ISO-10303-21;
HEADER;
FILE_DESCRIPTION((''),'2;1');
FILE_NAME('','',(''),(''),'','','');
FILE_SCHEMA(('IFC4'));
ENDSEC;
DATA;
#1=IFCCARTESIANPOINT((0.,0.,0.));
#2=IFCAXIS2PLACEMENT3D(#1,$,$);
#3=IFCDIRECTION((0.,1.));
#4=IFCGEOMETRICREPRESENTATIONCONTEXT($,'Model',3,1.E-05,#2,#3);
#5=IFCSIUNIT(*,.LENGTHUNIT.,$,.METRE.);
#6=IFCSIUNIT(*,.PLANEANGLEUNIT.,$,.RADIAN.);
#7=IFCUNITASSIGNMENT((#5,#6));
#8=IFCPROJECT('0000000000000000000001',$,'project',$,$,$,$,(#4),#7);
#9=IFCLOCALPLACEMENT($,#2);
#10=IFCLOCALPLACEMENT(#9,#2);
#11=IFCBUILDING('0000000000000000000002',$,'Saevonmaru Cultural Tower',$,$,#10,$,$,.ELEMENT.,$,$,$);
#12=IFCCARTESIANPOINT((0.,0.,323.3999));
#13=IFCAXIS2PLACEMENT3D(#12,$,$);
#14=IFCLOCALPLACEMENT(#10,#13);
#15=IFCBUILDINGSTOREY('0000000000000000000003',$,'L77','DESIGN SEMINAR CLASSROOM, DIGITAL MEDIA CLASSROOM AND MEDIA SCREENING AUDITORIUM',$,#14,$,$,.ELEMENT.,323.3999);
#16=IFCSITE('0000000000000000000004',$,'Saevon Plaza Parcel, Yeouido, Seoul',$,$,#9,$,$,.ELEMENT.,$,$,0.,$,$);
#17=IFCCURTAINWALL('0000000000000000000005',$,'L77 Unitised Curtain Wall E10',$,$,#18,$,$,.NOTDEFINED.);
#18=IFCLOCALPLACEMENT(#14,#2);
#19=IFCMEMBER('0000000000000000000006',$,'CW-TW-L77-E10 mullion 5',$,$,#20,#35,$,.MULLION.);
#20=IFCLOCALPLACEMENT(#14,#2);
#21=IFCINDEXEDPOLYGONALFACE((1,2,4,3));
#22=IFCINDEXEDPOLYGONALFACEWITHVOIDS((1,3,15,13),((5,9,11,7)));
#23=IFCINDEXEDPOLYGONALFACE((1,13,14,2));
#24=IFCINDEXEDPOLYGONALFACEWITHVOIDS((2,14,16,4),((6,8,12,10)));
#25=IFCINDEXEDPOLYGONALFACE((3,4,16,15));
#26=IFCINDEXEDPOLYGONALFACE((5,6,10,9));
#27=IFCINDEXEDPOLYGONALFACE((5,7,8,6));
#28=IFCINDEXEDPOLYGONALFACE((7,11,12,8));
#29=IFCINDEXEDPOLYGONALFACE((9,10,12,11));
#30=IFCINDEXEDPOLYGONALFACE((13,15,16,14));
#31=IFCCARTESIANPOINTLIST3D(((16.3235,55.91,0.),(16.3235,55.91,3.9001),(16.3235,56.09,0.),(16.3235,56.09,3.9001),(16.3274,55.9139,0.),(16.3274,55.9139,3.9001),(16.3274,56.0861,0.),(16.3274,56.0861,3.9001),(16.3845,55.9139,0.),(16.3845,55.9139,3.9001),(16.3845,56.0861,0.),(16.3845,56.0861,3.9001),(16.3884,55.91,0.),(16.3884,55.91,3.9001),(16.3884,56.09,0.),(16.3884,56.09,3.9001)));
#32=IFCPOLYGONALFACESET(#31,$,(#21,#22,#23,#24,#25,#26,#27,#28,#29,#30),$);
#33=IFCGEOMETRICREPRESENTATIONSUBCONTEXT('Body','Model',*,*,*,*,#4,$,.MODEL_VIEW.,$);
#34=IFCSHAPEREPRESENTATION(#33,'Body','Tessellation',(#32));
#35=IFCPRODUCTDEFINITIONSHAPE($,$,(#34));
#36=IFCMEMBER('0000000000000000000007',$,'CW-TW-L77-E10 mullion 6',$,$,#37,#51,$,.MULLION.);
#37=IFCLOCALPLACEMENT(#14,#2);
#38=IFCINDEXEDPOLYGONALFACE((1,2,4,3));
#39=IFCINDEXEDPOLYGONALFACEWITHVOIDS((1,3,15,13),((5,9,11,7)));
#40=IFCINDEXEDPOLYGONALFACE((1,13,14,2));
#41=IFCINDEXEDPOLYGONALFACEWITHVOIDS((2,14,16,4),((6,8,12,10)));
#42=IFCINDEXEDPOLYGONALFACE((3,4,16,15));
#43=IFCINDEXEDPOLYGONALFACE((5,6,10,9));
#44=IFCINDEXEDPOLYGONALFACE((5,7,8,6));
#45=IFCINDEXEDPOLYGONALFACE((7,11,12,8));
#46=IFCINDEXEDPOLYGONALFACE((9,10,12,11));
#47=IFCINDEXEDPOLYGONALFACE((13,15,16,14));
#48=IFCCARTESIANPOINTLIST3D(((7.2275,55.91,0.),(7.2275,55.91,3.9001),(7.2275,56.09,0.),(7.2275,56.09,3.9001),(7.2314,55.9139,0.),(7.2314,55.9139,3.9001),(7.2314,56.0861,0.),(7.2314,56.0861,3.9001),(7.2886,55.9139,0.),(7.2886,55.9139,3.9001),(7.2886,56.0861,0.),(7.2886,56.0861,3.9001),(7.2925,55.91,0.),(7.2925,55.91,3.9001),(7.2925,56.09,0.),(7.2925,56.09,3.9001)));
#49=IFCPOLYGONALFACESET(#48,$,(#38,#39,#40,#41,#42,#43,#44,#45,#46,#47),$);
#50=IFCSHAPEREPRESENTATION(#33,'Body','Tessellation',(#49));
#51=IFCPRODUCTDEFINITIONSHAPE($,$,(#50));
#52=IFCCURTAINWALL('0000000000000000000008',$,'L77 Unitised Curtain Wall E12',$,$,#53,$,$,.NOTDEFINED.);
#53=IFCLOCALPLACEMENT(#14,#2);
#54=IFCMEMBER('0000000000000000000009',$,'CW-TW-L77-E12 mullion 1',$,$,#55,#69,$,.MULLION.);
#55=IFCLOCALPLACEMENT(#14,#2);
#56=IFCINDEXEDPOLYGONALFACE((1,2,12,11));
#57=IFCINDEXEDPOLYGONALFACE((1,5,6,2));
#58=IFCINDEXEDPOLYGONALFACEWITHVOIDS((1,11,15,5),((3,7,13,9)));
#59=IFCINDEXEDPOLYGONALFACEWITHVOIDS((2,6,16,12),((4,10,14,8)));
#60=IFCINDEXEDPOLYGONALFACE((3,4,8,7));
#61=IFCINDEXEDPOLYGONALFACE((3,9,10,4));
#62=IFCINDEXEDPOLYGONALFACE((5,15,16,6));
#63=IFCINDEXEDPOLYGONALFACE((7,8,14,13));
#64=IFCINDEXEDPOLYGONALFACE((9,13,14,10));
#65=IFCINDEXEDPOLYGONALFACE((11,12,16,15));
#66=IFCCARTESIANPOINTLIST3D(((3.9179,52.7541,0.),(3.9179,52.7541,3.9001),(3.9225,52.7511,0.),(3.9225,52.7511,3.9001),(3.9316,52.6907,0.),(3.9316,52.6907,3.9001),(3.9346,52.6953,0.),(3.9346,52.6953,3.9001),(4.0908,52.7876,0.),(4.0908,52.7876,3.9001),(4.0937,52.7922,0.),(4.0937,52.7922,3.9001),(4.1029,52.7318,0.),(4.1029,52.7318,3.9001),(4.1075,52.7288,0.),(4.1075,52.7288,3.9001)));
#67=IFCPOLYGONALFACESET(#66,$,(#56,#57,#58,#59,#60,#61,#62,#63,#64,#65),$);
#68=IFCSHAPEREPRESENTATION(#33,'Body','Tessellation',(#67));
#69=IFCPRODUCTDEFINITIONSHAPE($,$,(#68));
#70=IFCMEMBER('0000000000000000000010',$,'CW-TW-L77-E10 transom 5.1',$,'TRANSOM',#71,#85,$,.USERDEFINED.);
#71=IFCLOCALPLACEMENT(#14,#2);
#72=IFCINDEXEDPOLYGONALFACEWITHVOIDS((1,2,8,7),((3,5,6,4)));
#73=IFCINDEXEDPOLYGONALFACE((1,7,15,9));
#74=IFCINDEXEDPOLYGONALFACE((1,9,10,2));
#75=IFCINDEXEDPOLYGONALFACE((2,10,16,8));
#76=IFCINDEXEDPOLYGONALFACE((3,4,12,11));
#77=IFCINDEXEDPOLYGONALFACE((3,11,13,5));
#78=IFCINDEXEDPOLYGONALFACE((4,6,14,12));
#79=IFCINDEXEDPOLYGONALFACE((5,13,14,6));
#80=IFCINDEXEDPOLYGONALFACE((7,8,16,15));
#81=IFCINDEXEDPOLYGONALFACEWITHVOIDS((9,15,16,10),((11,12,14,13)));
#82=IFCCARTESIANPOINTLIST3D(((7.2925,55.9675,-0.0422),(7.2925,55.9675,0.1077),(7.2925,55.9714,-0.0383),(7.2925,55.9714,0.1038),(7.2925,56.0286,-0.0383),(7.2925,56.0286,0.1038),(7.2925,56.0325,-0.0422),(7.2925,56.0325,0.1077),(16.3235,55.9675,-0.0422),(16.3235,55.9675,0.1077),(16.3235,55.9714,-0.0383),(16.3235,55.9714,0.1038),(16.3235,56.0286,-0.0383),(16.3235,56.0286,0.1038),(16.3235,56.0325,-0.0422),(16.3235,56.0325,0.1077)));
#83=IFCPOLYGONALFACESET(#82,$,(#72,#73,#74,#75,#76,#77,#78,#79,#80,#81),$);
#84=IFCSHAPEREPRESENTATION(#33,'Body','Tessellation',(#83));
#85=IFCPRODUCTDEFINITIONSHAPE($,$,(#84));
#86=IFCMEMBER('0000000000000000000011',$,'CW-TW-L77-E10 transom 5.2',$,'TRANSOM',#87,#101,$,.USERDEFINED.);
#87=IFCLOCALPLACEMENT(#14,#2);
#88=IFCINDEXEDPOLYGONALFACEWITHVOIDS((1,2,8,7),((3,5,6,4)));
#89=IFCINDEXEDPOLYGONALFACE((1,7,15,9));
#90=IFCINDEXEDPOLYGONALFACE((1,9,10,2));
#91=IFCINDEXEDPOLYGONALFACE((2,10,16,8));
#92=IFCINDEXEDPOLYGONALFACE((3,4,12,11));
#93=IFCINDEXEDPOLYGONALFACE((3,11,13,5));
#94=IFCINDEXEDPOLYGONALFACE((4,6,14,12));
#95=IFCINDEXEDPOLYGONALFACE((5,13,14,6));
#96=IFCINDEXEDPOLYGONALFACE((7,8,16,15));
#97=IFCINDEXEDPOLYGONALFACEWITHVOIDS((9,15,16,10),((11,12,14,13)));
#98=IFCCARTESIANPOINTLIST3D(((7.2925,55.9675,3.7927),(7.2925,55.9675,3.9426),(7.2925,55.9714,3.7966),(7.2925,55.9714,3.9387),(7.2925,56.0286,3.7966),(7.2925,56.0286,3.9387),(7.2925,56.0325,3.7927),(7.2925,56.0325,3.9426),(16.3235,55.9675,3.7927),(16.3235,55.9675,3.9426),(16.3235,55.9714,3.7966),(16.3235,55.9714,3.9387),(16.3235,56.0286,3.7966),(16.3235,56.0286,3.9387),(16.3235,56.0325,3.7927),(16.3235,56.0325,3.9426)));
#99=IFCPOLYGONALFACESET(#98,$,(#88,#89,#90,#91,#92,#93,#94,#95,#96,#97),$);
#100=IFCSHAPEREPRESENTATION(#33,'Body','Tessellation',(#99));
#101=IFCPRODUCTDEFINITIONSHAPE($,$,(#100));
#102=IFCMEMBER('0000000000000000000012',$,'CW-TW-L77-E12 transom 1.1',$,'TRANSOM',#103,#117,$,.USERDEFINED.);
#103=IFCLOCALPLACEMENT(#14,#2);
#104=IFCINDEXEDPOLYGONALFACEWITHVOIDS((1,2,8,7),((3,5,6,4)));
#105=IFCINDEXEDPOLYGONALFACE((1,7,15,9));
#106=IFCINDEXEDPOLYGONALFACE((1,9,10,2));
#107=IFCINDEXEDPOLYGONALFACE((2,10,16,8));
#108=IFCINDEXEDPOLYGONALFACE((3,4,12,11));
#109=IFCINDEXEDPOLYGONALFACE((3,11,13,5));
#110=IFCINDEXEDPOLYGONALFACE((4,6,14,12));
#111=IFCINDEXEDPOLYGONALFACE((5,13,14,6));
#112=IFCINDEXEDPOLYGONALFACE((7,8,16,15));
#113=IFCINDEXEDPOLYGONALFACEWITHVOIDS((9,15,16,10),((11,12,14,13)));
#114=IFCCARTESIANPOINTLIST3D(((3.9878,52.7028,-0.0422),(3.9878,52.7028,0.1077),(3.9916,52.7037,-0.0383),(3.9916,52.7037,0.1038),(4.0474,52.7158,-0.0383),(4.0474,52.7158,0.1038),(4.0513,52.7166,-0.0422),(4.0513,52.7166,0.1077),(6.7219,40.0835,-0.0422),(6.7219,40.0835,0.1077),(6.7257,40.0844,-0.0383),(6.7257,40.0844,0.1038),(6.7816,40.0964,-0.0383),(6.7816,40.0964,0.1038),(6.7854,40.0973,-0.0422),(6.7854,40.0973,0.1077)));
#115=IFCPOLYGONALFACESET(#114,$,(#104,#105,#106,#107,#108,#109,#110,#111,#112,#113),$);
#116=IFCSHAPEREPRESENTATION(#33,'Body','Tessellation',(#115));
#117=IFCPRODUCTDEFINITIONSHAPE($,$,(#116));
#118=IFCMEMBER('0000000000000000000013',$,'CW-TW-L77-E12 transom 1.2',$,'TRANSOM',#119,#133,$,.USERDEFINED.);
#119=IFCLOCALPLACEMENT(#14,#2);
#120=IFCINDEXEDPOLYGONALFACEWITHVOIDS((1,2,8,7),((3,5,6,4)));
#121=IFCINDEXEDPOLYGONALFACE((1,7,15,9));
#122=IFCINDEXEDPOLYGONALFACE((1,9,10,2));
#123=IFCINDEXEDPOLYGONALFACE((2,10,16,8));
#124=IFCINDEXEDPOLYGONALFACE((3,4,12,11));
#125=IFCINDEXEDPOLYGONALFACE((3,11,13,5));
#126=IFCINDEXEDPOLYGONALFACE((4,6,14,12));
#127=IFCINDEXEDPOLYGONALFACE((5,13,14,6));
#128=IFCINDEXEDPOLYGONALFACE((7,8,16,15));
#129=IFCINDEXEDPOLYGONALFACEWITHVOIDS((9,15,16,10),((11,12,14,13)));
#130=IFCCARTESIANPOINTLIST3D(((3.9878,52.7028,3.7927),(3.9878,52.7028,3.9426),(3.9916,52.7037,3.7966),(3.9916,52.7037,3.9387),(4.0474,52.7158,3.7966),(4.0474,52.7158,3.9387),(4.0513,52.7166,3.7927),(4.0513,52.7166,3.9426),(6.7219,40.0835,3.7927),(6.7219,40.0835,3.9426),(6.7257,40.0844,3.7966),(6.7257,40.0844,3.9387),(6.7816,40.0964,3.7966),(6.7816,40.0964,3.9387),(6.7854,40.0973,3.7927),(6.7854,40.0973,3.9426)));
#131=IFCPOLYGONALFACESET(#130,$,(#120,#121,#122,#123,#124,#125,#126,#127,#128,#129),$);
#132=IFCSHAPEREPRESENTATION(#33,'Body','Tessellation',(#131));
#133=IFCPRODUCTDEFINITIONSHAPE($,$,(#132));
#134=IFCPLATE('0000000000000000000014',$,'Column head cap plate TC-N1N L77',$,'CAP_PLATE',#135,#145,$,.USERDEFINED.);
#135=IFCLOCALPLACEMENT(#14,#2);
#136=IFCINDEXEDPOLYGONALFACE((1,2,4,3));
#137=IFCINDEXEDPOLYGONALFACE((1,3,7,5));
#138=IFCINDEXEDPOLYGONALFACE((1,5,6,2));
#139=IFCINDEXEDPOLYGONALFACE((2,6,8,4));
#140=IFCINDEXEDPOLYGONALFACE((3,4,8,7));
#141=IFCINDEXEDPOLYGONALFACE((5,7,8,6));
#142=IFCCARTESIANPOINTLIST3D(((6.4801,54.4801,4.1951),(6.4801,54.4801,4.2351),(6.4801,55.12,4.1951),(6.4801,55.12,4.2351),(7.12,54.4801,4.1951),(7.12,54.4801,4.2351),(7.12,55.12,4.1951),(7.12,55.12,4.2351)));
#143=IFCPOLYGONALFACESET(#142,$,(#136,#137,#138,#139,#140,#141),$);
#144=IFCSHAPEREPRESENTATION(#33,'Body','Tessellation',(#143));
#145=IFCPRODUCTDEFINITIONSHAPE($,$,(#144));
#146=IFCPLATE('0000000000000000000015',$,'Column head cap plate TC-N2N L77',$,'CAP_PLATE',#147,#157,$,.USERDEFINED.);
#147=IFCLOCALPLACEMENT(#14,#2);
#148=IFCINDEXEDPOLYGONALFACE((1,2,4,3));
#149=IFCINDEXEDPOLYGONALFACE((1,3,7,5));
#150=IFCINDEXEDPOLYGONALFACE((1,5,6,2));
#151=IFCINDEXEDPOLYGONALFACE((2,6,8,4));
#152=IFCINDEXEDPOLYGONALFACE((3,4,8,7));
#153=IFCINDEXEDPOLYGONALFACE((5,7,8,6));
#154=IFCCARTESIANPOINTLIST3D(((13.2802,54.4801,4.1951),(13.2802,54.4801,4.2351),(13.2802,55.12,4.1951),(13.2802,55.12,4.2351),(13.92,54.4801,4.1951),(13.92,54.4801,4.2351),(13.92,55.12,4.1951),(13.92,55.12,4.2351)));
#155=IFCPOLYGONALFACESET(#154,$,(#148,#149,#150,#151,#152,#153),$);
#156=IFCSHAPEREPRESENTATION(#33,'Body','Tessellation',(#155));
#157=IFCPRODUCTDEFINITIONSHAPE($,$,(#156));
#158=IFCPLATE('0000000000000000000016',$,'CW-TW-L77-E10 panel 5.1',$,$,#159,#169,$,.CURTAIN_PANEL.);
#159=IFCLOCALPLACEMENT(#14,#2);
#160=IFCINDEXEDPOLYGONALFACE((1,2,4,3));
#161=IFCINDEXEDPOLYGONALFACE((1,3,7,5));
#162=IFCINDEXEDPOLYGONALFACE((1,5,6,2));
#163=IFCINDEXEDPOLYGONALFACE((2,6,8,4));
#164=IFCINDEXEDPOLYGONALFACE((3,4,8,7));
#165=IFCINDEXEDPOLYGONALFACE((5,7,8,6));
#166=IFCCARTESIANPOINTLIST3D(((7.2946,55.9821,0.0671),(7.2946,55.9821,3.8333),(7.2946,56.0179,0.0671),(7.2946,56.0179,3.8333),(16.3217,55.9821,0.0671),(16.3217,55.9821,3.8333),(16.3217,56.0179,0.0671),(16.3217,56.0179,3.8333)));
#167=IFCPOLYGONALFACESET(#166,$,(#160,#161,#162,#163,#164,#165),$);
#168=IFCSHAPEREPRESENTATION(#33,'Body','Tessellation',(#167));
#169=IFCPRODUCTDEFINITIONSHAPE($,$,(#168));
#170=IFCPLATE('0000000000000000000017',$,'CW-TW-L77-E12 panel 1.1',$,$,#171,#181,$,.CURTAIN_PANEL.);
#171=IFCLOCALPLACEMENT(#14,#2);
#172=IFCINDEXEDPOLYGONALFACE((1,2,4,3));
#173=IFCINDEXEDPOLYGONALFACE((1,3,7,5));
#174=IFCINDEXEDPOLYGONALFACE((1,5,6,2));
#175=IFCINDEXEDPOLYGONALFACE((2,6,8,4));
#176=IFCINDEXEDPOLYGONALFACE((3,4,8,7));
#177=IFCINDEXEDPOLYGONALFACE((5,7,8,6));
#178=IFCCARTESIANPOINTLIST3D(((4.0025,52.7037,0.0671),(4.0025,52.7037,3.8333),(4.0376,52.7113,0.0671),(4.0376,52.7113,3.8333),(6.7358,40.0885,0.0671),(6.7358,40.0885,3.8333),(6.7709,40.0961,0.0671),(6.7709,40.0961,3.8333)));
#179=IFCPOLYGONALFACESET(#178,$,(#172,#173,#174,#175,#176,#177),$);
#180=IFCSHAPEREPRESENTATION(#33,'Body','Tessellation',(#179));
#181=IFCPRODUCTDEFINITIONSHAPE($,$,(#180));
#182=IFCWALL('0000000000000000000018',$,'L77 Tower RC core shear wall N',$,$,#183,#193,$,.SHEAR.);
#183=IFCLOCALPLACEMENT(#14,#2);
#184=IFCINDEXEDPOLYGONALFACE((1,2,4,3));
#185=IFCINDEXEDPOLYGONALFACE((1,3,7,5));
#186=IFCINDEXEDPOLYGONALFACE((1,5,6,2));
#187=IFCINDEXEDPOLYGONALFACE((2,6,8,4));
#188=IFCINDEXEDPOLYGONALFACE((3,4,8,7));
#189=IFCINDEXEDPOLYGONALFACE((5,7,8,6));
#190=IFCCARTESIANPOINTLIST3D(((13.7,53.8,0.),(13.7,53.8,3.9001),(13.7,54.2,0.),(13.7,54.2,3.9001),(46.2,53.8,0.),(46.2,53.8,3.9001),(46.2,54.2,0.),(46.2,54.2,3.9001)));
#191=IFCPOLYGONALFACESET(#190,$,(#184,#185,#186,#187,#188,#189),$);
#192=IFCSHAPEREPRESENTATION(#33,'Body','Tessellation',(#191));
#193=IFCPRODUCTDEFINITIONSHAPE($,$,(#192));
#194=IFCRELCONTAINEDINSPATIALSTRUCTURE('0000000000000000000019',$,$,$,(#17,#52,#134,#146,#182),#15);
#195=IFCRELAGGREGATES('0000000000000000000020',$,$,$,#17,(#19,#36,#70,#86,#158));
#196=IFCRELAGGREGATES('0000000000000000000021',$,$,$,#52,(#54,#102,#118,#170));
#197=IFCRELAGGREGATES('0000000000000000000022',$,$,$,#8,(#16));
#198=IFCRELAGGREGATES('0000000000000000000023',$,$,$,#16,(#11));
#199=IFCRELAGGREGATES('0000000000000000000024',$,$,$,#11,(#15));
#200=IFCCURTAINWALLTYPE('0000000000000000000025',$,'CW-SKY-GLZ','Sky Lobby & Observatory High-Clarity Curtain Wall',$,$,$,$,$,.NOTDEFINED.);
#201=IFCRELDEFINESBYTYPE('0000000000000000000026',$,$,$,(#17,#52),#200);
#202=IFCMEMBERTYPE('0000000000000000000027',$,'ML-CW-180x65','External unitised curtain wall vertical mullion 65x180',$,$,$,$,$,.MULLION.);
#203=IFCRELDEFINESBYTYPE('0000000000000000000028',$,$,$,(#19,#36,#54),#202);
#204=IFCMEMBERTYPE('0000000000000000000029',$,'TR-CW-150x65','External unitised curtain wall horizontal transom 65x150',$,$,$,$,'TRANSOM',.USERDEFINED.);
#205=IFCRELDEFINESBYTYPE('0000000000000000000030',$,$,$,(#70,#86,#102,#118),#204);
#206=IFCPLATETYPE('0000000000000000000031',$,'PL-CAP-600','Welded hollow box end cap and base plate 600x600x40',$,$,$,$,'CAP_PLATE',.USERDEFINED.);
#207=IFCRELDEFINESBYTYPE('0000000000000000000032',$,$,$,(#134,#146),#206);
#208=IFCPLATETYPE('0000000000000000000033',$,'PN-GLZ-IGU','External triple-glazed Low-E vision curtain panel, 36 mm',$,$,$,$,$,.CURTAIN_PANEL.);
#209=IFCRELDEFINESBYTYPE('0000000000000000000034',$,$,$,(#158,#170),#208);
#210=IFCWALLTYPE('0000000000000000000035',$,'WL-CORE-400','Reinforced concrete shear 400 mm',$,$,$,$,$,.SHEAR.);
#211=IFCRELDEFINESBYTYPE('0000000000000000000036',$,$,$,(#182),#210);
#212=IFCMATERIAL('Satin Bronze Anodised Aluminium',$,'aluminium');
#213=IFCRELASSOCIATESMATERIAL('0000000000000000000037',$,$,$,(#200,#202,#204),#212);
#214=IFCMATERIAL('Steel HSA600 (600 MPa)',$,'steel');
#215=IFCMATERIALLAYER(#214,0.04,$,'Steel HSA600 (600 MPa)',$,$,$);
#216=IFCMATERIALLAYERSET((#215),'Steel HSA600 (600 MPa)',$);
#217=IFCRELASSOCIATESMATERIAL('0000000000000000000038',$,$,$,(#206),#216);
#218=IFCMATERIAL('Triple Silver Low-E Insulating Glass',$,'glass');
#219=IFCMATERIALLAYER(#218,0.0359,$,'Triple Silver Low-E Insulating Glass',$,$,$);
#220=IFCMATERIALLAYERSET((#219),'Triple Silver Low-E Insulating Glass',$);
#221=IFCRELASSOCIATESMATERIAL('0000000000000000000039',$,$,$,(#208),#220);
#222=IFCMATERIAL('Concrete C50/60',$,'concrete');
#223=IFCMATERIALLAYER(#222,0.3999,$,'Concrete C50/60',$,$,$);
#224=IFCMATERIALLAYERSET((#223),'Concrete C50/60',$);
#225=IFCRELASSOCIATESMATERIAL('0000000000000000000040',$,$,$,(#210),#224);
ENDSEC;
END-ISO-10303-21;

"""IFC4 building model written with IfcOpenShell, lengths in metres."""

from ifc_helpers import new_model, si_unit, direction, frame, frame_2d, origin, origin_2d, place, context, subcontext, project, spatial, rectangle, hollow_rectangle, extrude, material, layer, layer_set, material_profile, profile_set, type_object, element, aggregate, save


model = new_model("IFC4")

# Units and contexts
model_context = context("Model", 3, precision=1e-05, world=origin(), true_north=direction((0.0, 1.0)))
body_context = subcontext(model_context, "Body", "Model", "MODEL_VIEW")
ifc_project = project(units=[si_unit("LENGTHUNIT", "METRE"), si_unit("PLANEANGLEUNIT", "RADIAN")], contexts=[model_context])

# Site, building, storey
site_placement = place(None, origin())
site = spatial("IfcSite", under=ifc_project, at=site_placement, Name="Saevon Plaza Parcel, Yeouido, Seoul", CompositionType="ELEMENT", RefElevation=0.0)
building_placement = place(site_placement, origin())
building = spatial("IfcBuilding", under=site, at=building_placement, Name="Saevonmaru Cultural Tower", CompositionType="ELEMENT")
storey_placement = place(building_placement, frame((0.0, 0.0, 323.3999)))
storey = spatial("IfcBuildingStorey", under=building, at=storey_placement, Name="L77", Description="DESIGN SEMINAR CLASSROOM, DIGITAL MEDIA CLASSROOM AND MEDIA SCREENING AUDITORIUM", CompositionType="ELEMENT", Elevation=323.3999)

# Curtain wall, members
ifc_material_1 = material(Name="Satin Bronze Anodised Aluminium", Category="aluminium")
curtain_wall_type = type_object("IfcCurtainWallType", Name="CW-SKY-GLZ", Description="Sky Lobby & Observatory High-Clarity Curtain Wall", PredefinedType="NOTDEFINED", material=ifc_material_1)
curtain_wall_1_placement = place(storey_placement, origin())
curtain_wall_1 = element("IfcCurtainWall", 1, at=curtain_wall_1_placement, inside=storey, type_object=curtain_wall_type, Name="L77 Unitised Curtain Wall E10", PredefinedType="NOTDEFINED")
ifc_material_profile_1 = material_profile(ifc_material_1, hollow_rectangle(XDim=0.0649, YDim=0.1799, WallThickness=0.0039, at=origin_2d()), Name="ALU-MULL-180x65x4")
ifc_profile_set_1 = profile_set([ifc_material_profile_1], Name="Satin Bronze Anodised Aluminium")
member_type_1 = type_object("IfcMemberType", Name="ML-CW-180x65", Description="External unitised curtain wall vertical mullion 65x180", PredefinedType="MULLION", material=ifc_profile_set_1)
member_1_placement = place(storey_placement, frame((16.356, 56.0, 0.0), z_axis=(0.0, 0.0, 1.0), x_axis=(-1.0, 0.0, 0.0)))
member_1 = element("IfcMember", 2, at=member_1_placement, type_object=member_type_1, Name="CW-TW-L77-E10 mullion 5", PredefinedType="MULLION", context=body_context, shape_type="SweptSolid", body=[
    extrude(hollow_rectangle(XDim=0.0649, YDim=0.1799, WallThickness=0.0039, at=origin_2d()), origin(), (0.0, 0.0, 1.0), 3.9001),
])
member_2_placement = place(storey_placement, frame((7.26, 56.0, 0.0), z_axis=(0.0, 0.0, 1.0), x_axis=(-1.0, 0.0, 0.0)))
member_2 = element("IfcMember", 3, at=member_2_placement, type_object=member_type_1, Name="CW-TW-L77-E10 mullion 6", PredefinedType="MULLION", context=body_context, shape_type="SweptSolid", body=[
    extrude(hollow_rectangle(XDim=0.0649, YDim=0.1799, WallThickness=0.0039, at=origin_2d()), origin(), (0.0, 0.0, 1.0), 3.9001),
])

# Curtain wall, member
curtain_wall_2_placement = place(storey_placement, origin())
curtain_wall_2 = element("IfcCurtainWall", 4, at=curtain_wall_2_placement, inside=storey, type_object=curtain_wall_type, Name="L77 Unitised Curtain Wall E12", PredefinedType="NOTDEFINED")
member_3_placement = place(storey_placement, frame((4.0127, 52.7415, 0.0), z_axis=(0.0, 0.0, 1.0), x_axis=(0.21175, -0.977324, 0.0)))
member_3 = element("IfcMember", 5, at=member_3_placement, type_object=member_type_1, Name="CW-TW-L77-E12 mullion 1", PredefinedType="MULLION", context=body_context, shape_type="SweptSolid", body=[
    extrude(hollow_rectangle(XDim=0.0649, YDim=0.1799, WallThickness=0.0039, at=origin_2d()), origin(), (0.0, 0.0, 1.0), 3.9001),
])

# Members
ifc_material_profile_2 = material_profile(ifc_material_1, hollow_rectangle(XDim=0.0649, YDim=0.1499, WallThickness=0.0039, at=origin_2d()), Name="ALU-TRAN-150x65x4")
ifc_profile_set_2 = profile_set([ifc_material_profile_2], Name="Satin Bronze Anodised Aluminium")
member_type_2 = type_object("IfcMemberType", Name="TR-CW-150x65", Description="External unitised curtain wall horizontal transom 65x150", ElementType="TRANSOM", PredefinedType="USERDEFINED", material=ifc_profile_set_2)
member_4_placement = place(storey_placement, frame((16.3235, 56.0, 0.0327), z_axis=(-1.0, 0.0, 0.0), x_axis=(0.0, -1.0, 0.0)))
member_4 = element("IfcMember", 6, at=member_4_placement, type_object=member_type_2, Name="CW-TW-L77-E10 transom 5.1", ObjectType="TRANSOM", PredefinedType="USERDEFINED", context=body_context, shape_type="SweptSolid", body=[
    extrude(hollow_rectangle(XDim=0.0649, YDim=0.1499, WallThickness=0.0039, at=origin_2d()), origin(), (0.0, 0.0, 1.0), 9.031),
])
member_5_placement = place(storey_placement, frame((16.3235, 56.0, 3.8677), z_axis=(-1.0, 0.0, 0.0), x_axis=(0.0, -1.0, 0.0)))
member_5 = element("IfcMember", 7, at=member_5_placement, type_object=member_type_2, Name="CW-TW-L77-E10 transom 5.2", ObjectType="TRANSOM", PredefinedType="USERDEFINED", context=body_context, shape_type="SweptSolid", body=[
    extrude(hollow_rectangle(XDim=0.0649, YDim=0.1499, WallThickness=0.0039, at=origin_2d()), origin(), (0.0, 0.0, 1.0), 9.031),
])
member_6_placement = place(storey_placement, frame((4.0195, 52.7097, 0.0327), z_axis=(0.211748, -0.977324, 0.0), x_axis=(0.977324, 0.211748, 0.0)))
member_6 = element("IfcMember", 8, at=member_6_placement, type_object=member_type_2, Name="CW-TW-L77-E12 transom 1.1", ObjectType="TRANSOM", PredefinedType="USERDEFINED", context=body_context, shape_type="SweptSolid", body=[
    extrude(hollow_rectangle(XDim=0.0649, YDim=0.1499, WallThickness=0.0039, at=origin_2d()), origin(), (0.0, 0.0, 1.0), 12.9121),
])
member_7_placement = place(storey_placement, frame((4.0195, 52.7097, 3.8677), z_axis=(0.211748, -0.977324, 0.0), x_axis=(0.977324, 0.211748, 0.0)))
member_7 = element("IfcMember", 9, at=member_7_placement, type_object=member_type_2, Name="CW-TW-L77-E12 transom 1.2", ObjectType="TRANSOM", PredefinedType="USERDEFINED", context=body_context, shape_type="SweptSolid", body=[
    extrude(hollow_rectangle(XDim=0.0649, YDim=0.1499, WallThickness=0.0039, at=origin_2d()), origin(), (0.0, 0.0, 1.0), 12.9121),
])

# Plates
ifc_material_2 = material(Name="Steel HSA600 (600 MPa)", Category="steel")
ifc_layer_1 = layer(ifc_material_2, 0.04, Name="Steel HSA600 (600 MPa)")
ifc_layer_set_1 = layer_set([ifc_layer_1], Name="Steel HSA600 (600 MPa)")
plate_type_1 = type_object("IfcPlateType", Name="PL-CAP-600", Description="Welded hollow box end cap and base plate 600x600x40", ElementType="CAP_PLATE", PredefinedType="USERDEFINED", material=ifc_layer_set_1)
for number, where, z_axis, x_axis, name in (
    (10, (6.8, 54.8, 4.1951), (0.0, 0.0, 1.0), (1.0, 0.0, 0.0), "Column head cap plate TC-N1N L77"),
    (11, (13.6001, 54.8, 4.1951), (0.0, 0.0, 1.0), (1.0, 0.0, 0.0), "Column head cap plate TC-N2N L77"),
):
    element("IfcPlate", number, at=place(storey_placement, frame(where, z_axis=z_axis, x_axis=x_axis)), inside=storey, type_object=plate_type_1, Name=name, ObjectType="CAP_PLATE", PredefinedType="USERDEFINED", context=body_context, shape_type="SweptSolid", body=[
        extrude(rectangle(XDim=0.6399, YDim=0.6399, at=origin_2d()), origin(), (0.0, 0.0, 1.0), 0.04),
    ])

# Plates
ifc_material_3 = material(Name="Triple Silver Low-E Insulating Glass", Category="glass")
ifc_layer_2 = layer(ifc_material_3, 0.0359, Name="Triple Silver Low-E Insulating Glass")
ifc_layer_set_2 = layer_set([ifc_layer_2], Name="Triple Silver Low-E Insulating Glass")
plate_type_2 = type_object("IfcPlateType", Name="PN-GLZ-IGU", Description="External triple-glazed Low-E vision curtain panel, 36 mm", PredefinedType="CURTAIN_PANEL", material=ifc_layer_set_2)
plate_1_placement = place(storey_placement, frame((11.8081, 56.0, 0.0671), z_axis=(0.0, 0.0, 1.0), x_axis=(-1.0, 0.0, 0.0)))
plate_1 = element("IfcPlate", 12, at=plate_1_placement, type_object=plate_type_2, Name="CW-TW-L77-E10 panel 5.1", PredefinedType="CURTAIN_PANEL", context=body_context, shape_type="SweptSolid", body=[
    extrude(rectangle(XDim=9.0271, YDim=0.0359, at=origin_2d()), origin(), (0.0, 0.0, 1.0), 3.7661),
])
aggregate(curtain_wall_1, [member_1, member_2, member_4, member_5, plate_1])
plate_2_placement = place(storey_placement, frame((5.3867, 46.3999, 0.0671), z_axis=(0.0, 0.0, 1.0), x_axis=(0.21175, -0.977324, 0.0)))
plate_2 = element("IfcPlate", 13, at=plate_2_placement, type_object=plate_type_2, Name="CW-TW-L77-E12 panel 1.1", PredefinedType="CURTAIN_PANEL", context=body_context, shape_type="SweptSolid", body=[
    extrude(rectangle(XDim=12.908, YDim=0.0359, at=origin_2d()), origin(), (0.0, 0.0, 1.0), 3.7661),
])
aggregate(curtain_wall_2, [member_3, member_6, member_7, plate_2])

# Wall
ifc_material_4 = material(Name="Concrete C50/60", Category="concrete")
ifc_layer_3 = layer(ifc_material_4, 0.3999, Name="Concrete C50/60")
ifc_layer_set_3 = layer_set([ifc_layer_3], Name="Concrete C50/60")
wall_type_1 = type_object("IfcWallType", Name="WL-CORE-400", Description="Reinforced concrete shear 400 mm", PredefinedType="SHEAR", material=ifc_layer_set_3)
wall_1_placement = place(storey_placement, frame((13.7, 54.0, 0.0), z_axis=(0.0, 0.0, 1.0), x_axis=(1.0, 0.0, 0.0)))
element("IfcWall", 14, at=wall_1_placement, inside=storey, type_object=wall_type_1, Name="L77 Tower RC core shear wall N", PredefinedType="SHEAR", context=body_context, shape_type="SweptSolid", body=[
    extrude(rectangle(XDim=32.5, YDim=0.3999, at=frame_2d((16.25, 0.0))), origin(), (0.0, 0.0, 1.0), 3.9001),
])

save(model, "model.ifc")
